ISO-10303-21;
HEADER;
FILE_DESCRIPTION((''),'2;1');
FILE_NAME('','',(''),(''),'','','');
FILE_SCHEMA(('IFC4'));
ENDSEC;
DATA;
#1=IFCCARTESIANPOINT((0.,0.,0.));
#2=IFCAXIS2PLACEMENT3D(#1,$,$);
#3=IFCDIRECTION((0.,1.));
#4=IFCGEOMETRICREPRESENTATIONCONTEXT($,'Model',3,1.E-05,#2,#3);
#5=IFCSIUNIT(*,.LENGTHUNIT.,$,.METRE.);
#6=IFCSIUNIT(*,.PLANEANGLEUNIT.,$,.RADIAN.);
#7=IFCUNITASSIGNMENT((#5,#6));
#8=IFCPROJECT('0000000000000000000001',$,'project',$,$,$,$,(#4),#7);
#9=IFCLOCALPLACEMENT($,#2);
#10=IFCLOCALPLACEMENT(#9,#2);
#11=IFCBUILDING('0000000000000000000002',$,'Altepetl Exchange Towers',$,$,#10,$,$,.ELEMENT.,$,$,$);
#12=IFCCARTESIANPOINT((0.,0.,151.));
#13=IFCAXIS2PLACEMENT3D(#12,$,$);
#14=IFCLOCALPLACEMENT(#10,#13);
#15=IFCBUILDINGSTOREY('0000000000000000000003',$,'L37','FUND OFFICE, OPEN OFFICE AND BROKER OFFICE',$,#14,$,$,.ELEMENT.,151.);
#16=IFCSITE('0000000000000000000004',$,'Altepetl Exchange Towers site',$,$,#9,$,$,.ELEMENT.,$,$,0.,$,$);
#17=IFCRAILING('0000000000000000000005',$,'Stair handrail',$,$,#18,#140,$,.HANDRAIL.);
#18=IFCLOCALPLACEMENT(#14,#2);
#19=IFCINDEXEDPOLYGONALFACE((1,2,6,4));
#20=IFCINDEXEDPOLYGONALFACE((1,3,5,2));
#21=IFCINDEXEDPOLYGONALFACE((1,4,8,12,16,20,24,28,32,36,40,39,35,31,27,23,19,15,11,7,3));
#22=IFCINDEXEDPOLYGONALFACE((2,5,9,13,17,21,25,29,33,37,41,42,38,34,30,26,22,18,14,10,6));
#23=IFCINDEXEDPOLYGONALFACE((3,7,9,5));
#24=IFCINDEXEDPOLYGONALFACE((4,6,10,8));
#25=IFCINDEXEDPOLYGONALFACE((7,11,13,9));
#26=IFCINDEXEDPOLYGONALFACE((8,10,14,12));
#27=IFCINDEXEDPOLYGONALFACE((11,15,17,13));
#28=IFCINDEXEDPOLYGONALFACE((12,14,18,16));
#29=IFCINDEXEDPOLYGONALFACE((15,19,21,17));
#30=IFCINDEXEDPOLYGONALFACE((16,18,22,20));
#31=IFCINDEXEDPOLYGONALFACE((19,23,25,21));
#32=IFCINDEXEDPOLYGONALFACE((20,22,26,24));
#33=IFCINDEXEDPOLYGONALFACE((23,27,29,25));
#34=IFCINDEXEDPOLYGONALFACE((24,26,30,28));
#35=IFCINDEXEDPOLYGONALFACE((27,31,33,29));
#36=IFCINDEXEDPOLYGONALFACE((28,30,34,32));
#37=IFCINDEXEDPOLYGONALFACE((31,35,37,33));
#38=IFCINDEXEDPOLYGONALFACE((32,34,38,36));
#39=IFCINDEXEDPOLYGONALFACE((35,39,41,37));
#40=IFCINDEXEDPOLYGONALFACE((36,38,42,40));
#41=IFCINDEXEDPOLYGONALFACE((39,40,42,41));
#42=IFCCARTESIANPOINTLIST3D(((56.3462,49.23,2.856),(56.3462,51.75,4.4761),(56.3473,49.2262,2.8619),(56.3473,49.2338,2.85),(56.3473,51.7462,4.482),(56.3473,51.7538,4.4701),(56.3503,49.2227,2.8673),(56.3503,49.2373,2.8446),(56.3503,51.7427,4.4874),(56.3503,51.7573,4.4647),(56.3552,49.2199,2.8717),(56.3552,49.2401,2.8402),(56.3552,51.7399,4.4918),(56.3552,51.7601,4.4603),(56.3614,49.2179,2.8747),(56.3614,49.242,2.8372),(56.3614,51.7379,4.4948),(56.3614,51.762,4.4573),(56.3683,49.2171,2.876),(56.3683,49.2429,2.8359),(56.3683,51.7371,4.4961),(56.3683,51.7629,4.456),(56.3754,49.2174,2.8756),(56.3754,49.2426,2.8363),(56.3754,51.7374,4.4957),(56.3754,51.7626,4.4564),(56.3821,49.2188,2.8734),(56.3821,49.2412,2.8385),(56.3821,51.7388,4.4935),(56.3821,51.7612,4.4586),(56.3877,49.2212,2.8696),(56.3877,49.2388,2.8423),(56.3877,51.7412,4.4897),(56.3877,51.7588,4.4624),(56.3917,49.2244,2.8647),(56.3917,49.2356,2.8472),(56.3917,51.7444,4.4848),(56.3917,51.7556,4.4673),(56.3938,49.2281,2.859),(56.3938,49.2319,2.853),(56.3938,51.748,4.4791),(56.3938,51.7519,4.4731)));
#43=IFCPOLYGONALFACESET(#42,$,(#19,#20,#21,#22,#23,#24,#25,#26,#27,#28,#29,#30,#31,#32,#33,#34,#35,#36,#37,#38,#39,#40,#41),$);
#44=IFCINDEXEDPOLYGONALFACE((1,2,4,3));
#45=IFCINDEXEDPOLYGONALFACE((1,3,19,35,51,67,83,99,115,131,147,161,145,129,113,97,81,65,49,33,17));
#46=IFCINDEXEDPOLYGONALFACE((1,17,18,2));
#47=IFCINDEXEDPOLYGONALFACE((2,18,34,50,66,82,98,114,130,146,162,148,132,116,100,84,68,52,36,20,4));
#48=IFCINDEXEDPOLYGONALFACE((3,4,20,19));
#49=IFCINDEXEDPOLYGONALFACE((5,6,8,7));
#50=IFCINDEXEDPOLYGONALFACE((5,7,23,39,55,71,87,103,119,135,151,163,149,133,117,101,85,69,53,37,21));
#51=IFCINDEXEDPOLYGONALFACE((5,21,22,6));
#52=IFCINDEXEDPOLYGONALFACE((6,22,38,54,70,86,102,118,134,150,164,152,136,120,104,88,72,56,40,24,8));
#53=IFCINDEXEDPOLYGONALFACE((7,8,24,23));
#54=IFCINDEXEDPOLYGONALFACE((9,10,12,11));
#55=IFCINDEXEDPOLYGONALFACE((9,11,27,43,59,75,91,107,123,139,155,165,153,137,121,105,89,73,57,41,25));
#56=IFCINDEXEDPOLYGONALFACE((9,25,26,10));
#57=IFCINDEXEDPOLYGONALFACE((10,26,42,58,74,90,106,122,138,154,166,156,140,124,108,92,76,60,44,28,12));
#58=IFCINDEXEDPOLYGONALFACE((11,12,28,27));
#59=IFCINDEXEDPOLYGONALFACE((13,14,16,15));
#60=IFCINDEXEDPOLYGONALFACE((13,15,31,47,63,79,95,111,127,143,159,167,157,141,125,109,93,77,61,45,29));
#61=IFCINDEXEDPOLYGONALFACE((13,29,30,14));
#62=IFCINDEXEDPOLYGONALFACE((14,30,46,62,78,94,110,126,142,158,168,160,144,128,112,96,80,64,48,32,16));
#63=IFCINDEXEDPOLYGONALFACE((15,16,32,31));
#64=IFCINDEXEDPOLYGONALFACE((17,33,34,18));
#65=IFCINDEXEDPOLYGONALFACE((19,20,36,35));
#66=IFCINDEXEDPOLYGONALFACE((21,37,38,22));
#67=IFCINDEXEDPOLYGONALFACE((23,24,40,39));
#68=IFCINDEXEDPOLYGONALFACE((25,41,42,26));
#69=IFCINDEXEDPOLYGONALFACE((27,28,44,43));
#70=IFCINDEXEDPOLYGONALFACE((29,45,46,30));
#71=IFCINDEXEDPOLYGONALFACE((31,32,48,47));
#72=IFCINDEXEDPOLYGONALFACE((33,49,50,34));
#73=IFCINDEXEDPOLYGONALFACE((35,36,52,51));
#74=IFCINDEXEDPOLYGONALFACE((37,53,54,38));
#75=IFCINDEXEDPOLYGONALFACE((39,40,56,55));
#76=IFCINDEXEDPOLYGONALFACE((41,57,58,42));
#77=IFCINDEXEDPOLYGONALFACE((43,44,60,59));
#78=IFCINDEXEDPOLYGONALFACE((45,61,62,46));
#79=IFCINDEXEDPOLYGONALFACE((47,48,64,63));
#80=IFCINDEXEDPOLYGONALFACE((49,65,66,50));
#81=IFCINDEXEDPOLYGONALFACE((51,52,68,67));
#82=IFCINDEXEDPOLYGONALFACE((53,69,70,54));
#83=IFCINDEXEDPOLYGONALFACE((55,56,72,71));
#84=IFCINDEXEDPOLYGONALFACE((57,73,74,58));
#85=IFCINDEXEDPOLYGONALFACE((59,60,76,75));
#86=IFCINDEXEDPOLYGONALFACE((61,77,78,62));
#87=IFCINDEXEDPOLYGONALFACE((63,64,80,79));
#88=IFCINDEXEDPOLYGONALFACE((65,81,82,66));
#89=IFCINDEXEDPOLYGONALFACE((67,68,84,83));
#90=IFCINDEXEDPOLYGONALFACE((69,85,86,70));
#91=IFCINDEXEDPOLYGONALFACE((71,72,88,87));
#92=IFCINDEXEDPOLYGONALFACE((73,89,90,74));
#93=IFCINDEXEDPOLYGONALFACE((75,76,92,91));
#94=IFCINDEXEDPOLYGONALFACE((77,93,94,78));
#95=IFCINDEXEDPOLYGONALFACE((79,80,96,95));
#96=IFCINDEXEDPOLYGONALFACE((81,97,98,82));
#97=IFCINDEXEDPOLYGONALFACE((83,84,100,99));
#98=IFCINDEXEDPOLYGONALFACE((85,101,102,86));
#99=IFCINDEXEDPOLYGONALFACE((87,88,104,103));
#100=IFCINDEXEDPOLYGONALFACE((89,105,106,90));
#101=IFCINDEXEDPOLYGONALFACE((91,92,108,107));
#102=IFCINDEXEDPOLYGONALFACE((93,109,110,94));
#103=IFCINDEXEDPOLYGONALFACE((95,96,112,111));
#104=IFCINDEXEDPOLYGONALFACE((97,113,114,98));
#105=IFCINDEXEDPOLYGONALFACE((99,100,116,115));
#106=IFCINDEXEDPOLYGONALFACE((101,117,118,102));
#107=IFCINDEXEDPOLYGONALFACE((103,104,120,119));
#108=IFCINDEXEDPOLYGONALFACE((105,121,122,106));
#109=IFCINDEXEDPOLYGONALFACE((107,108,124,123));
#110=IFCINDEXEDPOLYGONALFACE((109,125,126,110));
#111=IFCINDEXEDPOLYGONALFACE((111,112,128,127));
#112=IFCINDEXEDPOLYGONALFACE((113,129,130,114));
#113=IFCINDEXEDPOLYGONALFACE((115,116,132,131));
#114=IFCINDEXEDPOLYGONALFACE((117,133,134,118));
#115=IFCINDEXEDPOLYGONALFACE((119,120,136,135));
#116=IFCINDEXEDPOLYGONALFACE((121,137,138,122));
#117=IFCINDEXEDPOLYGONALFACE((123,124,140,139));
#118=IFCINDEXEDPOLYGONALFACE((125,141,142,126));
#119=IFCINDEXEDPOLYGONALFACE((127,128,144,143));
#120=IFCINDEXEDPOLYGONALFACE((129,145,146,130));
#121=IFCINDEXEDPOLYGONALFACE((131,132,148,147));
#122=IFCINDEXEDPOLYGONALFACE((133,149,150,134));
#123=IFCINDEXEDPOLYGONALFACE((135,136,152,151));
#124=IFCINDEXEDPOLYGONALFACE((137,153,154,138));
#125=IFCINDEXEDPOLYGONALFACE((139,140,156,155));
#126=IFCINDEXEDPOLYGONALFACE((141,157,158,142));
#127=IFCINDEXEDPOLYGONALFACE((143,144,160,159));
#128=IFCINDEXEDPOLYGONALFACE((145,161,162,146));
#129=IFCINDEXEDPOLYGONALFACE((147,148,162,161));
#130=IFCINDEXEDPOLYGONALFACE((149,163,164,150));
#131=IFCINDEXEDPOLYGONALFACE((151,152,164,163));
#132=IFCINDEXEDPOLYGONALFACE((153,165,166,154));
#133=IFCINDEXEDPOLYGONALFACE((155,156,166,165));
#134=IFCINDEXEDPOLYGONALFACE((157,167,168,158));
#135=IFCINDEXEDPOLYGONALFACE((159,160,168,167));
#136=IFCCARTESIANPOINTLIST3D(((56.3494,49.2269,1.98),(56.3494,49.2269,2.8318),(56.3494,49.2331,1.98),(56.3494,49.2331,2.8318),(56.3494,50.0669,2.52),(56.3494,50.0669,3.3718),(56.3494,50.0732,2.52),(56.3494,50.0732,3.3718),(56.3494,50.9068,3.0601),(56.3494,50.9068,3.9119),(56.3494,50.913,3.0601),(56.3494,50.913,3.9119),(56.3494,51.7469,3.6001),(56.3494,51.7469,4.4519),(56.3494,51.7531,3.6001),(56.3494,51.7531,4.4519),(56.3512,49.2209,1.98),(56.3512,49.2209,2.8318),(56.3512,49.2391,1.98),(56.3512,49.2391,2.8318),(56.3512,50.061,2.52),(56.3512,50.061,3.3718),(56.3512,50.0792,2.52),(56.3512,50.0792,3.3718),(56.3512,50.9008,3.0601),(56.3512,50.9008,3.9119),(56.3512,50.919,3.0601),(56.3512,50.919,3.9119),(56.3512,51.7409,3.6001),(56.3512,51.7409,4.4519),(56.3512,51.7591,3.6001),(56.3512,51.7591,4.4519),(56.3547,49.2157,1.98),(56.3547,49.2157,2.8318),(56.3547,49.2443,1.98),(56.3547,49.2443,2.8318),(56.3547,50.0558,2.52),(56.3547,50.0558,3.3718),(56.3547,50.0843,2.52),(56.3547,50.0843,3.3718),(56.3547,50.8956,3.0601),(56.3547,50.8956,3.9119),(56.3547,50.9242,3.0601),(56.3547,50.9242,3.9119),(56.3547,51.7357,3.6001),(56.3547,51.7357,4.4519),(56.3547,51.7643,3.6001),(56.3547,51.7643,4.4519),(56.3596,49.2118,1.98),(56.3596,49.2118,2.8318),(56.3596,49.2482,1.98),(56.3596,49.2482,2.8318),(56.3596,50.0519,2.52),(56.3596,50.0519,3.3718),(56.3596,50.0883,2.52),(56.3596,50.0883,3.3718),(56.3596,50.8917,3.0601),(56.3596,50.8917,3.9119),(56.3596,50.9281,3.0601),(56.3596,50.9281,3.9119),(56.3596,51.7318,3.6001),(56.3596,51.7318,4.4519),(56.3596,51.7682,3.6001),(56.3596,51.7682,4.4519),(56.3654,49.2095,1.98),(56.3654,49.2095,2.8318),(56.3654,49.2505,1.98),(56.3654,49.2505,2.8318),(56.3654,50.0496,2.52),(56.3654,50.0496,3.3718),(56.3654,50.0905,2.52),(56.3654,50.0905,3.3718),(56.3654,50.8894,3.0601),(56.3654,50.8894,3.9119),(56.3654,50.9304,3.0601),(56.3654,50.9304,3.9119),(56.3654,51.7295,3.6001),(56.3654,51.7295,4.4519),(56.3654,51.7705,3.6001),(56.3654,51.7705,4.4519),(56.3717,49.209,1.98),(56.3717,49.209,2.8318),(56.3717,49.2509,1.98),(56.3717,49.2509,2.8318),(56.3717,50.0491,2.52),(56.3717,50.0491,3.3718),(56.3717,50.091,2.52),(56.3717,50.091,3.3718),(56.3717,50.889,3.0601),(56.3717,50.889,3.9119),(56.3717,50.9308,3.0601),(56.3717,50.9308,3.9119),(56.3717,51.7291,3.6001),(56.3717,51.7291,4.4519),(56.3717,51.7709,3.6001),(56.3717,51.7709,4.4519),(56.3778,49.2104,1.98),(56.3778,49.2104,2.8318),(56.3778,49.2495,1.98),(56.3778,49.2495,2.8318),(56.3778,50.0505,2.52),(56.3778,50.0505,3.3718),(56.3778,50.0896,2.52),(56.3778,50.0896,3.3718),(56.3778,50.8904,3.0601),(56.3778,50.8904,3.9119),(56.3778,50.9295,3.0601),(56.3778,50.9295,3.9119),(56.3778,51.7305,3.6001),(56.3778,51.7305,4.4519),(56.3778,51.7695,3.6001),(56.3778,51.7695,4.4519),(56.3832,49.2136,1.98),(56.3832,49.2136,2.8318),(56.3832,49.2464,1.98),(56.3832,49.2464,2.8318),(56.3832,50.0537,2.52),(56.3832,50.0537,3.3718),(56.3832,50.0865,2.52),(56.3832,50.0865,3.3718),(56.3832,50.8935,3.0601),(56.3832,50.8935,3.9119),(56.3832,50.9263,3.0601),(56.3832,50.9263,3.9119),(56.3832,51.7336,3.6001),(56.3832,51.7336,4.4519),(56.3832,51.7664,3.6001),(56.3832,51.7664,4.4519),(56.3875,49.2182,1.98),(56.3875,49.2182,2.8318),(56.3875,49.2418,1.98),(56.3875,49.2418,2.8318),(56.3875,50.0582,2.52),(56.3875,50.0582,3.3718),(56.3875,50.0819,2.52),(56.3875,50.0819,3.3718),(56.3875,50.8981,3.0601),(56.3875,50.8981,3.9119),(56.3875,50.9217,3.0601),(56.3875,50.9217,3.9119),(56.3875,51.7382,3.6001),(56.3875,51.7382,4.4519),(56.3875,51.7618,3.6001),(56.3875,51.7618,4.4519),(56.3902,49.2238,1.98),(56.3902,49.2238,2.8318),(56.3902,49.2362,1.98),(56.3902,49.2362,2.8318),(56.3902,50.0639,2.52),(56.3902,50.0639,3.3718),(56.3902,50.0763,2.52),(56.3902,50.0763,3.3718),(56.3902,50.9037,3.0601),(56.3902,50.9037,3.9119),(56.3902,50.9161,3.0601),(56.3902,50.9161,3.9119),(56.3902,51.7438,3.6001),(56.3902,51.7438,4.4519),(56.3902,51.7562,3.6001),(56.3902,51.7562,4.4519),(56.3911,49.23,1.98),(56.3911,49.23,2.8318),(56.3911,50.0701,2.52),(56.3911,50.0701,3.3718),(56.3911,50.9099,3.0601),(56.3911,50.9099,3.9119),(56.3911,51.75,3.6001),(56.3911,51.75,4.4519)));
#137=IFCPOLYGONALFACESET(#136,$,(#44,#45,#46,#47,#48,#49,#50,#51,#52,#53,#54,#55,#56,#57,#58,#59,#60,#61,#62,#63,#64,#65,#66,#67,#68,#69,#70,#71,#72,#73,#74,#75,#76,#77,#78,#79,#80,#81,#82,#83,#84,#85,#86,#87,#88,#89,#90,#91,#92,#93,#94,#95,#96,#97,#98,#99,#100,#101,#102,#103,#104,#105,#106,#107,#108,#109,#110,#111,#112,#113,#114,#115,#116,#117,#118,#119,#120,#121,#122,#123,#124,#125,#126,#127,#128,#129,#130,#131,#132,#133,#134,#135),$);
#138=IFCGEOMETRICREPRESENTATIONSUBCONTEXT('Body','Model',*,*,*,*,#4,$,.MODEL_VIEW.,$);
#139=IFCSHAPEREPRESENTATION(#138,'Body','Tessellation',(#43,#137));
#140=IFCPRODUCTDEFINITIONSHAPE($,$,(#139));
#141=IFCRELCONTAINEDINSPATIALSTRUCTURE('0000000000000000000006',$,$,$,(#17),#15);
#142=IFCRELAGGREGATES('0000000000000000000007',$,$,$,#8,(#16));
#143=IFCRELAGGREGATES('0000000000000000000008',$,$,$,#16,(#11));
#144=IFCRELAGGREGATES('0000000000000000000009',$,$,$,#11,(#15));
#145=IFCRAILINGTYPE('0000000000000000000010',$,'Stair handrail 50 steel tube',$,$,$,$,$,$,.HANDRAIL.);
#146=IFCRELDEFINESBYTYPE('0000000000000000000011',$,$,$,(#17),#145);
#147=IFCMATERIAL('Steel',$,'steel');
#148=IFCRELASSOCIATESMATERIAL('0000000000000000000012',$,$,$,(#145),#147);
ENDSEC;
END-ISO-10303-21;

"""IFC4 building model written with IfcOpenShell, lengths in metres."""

from ifc_helpers import new_model, si_unit, direction, frame, origin, origin_2d, place, context, subcontext, project, spatial, circle, extrude, source, transform, mapped, material, type_object, element, save


model = new_model("IFC4")

# Units and contexts
model_context = context("Model", 3, precision=1e-05, world=origin(), true_north=direction((0.0, 1.0)))
body_context = subcontext(model_context, "Body", "Model", "MODEL_VIEW")
ifc_project = project(units=[si_unit("LENGTHUNIT", "METRE"), si_unit("PLANEANGLEUNIT", "RADIAN")], contexts=[model_context])

# Site, building, storey
site_placement = place(None, origin())
site = spatial("IfcSite", under=ifc_project, at=site_placement, Name="Altepetl Exchange Towers site", CompositionType="ELEMENT", RefElevation=0.0)
building_placement = place(site_placement, origin())
building = spatial("IfcBuilding", under=site, at=building_placement, Name="Altepetl Exchange Towers", CompositionType="ELEMENT")
storey_placement = place(building_placement, frame((0.0, 0.0, 151.0)))
storey = spatial("IfcBuildingStorey", under=building, at=storey_placement, Name="L37", Description="FUND OFFICE, OPEN OFFICE AND BROKER OFFICE", CompositionType="ELEMENT", Elevation=151.0)

# Railing
ifc_material_1 = material(Name="Steel", Category="steel")
railing_type = type_object("IfcRailingType", Name="Stair handrail 50 steel tube", PredefinedType="HANDRAIL", material=ifc_material_1)
shared_shape = source(origin(), body_context, "Body", "SweptSolid", [
    extrude(circle(Radius=0.021, at=origin_2d()), origin(), (0.0, 0.0, 1.0), 0.8518),
])
railing_1_placement = place(storey_placement, frame((56.3701, 49.23, 1.98)))
element("IfcRailing", 1, at=railing_1_placement, inside=storey, type_object=railing_type, Name="Stair handrail", PredefinedType="HANDRAIL", context=body_context, shape_type="SweptSolid", body=[
    extrude(circle(Radius=0.0239, at=origin_2d()), frame((0.0, 0.0, 0.876), z_axis=(0.0, 0.841163, 0.540782), x_axis=(-1.0, 0.0, 0.0)), (0.0, 0.0, 1.0), 2.9958),
    mapped(shared_shape, transform((0.0, 0.0, 0.0))),
    mapped(shared_shape, transform((0.0, 0.8401, 0.54))),
    mapped(shared_shape, transform((0.0, 1.6799, 1.0801))),
    mapped(shared_shape, transform((0.0, 2.52, 1.6201))),
])

save(model, "model.ifc")
